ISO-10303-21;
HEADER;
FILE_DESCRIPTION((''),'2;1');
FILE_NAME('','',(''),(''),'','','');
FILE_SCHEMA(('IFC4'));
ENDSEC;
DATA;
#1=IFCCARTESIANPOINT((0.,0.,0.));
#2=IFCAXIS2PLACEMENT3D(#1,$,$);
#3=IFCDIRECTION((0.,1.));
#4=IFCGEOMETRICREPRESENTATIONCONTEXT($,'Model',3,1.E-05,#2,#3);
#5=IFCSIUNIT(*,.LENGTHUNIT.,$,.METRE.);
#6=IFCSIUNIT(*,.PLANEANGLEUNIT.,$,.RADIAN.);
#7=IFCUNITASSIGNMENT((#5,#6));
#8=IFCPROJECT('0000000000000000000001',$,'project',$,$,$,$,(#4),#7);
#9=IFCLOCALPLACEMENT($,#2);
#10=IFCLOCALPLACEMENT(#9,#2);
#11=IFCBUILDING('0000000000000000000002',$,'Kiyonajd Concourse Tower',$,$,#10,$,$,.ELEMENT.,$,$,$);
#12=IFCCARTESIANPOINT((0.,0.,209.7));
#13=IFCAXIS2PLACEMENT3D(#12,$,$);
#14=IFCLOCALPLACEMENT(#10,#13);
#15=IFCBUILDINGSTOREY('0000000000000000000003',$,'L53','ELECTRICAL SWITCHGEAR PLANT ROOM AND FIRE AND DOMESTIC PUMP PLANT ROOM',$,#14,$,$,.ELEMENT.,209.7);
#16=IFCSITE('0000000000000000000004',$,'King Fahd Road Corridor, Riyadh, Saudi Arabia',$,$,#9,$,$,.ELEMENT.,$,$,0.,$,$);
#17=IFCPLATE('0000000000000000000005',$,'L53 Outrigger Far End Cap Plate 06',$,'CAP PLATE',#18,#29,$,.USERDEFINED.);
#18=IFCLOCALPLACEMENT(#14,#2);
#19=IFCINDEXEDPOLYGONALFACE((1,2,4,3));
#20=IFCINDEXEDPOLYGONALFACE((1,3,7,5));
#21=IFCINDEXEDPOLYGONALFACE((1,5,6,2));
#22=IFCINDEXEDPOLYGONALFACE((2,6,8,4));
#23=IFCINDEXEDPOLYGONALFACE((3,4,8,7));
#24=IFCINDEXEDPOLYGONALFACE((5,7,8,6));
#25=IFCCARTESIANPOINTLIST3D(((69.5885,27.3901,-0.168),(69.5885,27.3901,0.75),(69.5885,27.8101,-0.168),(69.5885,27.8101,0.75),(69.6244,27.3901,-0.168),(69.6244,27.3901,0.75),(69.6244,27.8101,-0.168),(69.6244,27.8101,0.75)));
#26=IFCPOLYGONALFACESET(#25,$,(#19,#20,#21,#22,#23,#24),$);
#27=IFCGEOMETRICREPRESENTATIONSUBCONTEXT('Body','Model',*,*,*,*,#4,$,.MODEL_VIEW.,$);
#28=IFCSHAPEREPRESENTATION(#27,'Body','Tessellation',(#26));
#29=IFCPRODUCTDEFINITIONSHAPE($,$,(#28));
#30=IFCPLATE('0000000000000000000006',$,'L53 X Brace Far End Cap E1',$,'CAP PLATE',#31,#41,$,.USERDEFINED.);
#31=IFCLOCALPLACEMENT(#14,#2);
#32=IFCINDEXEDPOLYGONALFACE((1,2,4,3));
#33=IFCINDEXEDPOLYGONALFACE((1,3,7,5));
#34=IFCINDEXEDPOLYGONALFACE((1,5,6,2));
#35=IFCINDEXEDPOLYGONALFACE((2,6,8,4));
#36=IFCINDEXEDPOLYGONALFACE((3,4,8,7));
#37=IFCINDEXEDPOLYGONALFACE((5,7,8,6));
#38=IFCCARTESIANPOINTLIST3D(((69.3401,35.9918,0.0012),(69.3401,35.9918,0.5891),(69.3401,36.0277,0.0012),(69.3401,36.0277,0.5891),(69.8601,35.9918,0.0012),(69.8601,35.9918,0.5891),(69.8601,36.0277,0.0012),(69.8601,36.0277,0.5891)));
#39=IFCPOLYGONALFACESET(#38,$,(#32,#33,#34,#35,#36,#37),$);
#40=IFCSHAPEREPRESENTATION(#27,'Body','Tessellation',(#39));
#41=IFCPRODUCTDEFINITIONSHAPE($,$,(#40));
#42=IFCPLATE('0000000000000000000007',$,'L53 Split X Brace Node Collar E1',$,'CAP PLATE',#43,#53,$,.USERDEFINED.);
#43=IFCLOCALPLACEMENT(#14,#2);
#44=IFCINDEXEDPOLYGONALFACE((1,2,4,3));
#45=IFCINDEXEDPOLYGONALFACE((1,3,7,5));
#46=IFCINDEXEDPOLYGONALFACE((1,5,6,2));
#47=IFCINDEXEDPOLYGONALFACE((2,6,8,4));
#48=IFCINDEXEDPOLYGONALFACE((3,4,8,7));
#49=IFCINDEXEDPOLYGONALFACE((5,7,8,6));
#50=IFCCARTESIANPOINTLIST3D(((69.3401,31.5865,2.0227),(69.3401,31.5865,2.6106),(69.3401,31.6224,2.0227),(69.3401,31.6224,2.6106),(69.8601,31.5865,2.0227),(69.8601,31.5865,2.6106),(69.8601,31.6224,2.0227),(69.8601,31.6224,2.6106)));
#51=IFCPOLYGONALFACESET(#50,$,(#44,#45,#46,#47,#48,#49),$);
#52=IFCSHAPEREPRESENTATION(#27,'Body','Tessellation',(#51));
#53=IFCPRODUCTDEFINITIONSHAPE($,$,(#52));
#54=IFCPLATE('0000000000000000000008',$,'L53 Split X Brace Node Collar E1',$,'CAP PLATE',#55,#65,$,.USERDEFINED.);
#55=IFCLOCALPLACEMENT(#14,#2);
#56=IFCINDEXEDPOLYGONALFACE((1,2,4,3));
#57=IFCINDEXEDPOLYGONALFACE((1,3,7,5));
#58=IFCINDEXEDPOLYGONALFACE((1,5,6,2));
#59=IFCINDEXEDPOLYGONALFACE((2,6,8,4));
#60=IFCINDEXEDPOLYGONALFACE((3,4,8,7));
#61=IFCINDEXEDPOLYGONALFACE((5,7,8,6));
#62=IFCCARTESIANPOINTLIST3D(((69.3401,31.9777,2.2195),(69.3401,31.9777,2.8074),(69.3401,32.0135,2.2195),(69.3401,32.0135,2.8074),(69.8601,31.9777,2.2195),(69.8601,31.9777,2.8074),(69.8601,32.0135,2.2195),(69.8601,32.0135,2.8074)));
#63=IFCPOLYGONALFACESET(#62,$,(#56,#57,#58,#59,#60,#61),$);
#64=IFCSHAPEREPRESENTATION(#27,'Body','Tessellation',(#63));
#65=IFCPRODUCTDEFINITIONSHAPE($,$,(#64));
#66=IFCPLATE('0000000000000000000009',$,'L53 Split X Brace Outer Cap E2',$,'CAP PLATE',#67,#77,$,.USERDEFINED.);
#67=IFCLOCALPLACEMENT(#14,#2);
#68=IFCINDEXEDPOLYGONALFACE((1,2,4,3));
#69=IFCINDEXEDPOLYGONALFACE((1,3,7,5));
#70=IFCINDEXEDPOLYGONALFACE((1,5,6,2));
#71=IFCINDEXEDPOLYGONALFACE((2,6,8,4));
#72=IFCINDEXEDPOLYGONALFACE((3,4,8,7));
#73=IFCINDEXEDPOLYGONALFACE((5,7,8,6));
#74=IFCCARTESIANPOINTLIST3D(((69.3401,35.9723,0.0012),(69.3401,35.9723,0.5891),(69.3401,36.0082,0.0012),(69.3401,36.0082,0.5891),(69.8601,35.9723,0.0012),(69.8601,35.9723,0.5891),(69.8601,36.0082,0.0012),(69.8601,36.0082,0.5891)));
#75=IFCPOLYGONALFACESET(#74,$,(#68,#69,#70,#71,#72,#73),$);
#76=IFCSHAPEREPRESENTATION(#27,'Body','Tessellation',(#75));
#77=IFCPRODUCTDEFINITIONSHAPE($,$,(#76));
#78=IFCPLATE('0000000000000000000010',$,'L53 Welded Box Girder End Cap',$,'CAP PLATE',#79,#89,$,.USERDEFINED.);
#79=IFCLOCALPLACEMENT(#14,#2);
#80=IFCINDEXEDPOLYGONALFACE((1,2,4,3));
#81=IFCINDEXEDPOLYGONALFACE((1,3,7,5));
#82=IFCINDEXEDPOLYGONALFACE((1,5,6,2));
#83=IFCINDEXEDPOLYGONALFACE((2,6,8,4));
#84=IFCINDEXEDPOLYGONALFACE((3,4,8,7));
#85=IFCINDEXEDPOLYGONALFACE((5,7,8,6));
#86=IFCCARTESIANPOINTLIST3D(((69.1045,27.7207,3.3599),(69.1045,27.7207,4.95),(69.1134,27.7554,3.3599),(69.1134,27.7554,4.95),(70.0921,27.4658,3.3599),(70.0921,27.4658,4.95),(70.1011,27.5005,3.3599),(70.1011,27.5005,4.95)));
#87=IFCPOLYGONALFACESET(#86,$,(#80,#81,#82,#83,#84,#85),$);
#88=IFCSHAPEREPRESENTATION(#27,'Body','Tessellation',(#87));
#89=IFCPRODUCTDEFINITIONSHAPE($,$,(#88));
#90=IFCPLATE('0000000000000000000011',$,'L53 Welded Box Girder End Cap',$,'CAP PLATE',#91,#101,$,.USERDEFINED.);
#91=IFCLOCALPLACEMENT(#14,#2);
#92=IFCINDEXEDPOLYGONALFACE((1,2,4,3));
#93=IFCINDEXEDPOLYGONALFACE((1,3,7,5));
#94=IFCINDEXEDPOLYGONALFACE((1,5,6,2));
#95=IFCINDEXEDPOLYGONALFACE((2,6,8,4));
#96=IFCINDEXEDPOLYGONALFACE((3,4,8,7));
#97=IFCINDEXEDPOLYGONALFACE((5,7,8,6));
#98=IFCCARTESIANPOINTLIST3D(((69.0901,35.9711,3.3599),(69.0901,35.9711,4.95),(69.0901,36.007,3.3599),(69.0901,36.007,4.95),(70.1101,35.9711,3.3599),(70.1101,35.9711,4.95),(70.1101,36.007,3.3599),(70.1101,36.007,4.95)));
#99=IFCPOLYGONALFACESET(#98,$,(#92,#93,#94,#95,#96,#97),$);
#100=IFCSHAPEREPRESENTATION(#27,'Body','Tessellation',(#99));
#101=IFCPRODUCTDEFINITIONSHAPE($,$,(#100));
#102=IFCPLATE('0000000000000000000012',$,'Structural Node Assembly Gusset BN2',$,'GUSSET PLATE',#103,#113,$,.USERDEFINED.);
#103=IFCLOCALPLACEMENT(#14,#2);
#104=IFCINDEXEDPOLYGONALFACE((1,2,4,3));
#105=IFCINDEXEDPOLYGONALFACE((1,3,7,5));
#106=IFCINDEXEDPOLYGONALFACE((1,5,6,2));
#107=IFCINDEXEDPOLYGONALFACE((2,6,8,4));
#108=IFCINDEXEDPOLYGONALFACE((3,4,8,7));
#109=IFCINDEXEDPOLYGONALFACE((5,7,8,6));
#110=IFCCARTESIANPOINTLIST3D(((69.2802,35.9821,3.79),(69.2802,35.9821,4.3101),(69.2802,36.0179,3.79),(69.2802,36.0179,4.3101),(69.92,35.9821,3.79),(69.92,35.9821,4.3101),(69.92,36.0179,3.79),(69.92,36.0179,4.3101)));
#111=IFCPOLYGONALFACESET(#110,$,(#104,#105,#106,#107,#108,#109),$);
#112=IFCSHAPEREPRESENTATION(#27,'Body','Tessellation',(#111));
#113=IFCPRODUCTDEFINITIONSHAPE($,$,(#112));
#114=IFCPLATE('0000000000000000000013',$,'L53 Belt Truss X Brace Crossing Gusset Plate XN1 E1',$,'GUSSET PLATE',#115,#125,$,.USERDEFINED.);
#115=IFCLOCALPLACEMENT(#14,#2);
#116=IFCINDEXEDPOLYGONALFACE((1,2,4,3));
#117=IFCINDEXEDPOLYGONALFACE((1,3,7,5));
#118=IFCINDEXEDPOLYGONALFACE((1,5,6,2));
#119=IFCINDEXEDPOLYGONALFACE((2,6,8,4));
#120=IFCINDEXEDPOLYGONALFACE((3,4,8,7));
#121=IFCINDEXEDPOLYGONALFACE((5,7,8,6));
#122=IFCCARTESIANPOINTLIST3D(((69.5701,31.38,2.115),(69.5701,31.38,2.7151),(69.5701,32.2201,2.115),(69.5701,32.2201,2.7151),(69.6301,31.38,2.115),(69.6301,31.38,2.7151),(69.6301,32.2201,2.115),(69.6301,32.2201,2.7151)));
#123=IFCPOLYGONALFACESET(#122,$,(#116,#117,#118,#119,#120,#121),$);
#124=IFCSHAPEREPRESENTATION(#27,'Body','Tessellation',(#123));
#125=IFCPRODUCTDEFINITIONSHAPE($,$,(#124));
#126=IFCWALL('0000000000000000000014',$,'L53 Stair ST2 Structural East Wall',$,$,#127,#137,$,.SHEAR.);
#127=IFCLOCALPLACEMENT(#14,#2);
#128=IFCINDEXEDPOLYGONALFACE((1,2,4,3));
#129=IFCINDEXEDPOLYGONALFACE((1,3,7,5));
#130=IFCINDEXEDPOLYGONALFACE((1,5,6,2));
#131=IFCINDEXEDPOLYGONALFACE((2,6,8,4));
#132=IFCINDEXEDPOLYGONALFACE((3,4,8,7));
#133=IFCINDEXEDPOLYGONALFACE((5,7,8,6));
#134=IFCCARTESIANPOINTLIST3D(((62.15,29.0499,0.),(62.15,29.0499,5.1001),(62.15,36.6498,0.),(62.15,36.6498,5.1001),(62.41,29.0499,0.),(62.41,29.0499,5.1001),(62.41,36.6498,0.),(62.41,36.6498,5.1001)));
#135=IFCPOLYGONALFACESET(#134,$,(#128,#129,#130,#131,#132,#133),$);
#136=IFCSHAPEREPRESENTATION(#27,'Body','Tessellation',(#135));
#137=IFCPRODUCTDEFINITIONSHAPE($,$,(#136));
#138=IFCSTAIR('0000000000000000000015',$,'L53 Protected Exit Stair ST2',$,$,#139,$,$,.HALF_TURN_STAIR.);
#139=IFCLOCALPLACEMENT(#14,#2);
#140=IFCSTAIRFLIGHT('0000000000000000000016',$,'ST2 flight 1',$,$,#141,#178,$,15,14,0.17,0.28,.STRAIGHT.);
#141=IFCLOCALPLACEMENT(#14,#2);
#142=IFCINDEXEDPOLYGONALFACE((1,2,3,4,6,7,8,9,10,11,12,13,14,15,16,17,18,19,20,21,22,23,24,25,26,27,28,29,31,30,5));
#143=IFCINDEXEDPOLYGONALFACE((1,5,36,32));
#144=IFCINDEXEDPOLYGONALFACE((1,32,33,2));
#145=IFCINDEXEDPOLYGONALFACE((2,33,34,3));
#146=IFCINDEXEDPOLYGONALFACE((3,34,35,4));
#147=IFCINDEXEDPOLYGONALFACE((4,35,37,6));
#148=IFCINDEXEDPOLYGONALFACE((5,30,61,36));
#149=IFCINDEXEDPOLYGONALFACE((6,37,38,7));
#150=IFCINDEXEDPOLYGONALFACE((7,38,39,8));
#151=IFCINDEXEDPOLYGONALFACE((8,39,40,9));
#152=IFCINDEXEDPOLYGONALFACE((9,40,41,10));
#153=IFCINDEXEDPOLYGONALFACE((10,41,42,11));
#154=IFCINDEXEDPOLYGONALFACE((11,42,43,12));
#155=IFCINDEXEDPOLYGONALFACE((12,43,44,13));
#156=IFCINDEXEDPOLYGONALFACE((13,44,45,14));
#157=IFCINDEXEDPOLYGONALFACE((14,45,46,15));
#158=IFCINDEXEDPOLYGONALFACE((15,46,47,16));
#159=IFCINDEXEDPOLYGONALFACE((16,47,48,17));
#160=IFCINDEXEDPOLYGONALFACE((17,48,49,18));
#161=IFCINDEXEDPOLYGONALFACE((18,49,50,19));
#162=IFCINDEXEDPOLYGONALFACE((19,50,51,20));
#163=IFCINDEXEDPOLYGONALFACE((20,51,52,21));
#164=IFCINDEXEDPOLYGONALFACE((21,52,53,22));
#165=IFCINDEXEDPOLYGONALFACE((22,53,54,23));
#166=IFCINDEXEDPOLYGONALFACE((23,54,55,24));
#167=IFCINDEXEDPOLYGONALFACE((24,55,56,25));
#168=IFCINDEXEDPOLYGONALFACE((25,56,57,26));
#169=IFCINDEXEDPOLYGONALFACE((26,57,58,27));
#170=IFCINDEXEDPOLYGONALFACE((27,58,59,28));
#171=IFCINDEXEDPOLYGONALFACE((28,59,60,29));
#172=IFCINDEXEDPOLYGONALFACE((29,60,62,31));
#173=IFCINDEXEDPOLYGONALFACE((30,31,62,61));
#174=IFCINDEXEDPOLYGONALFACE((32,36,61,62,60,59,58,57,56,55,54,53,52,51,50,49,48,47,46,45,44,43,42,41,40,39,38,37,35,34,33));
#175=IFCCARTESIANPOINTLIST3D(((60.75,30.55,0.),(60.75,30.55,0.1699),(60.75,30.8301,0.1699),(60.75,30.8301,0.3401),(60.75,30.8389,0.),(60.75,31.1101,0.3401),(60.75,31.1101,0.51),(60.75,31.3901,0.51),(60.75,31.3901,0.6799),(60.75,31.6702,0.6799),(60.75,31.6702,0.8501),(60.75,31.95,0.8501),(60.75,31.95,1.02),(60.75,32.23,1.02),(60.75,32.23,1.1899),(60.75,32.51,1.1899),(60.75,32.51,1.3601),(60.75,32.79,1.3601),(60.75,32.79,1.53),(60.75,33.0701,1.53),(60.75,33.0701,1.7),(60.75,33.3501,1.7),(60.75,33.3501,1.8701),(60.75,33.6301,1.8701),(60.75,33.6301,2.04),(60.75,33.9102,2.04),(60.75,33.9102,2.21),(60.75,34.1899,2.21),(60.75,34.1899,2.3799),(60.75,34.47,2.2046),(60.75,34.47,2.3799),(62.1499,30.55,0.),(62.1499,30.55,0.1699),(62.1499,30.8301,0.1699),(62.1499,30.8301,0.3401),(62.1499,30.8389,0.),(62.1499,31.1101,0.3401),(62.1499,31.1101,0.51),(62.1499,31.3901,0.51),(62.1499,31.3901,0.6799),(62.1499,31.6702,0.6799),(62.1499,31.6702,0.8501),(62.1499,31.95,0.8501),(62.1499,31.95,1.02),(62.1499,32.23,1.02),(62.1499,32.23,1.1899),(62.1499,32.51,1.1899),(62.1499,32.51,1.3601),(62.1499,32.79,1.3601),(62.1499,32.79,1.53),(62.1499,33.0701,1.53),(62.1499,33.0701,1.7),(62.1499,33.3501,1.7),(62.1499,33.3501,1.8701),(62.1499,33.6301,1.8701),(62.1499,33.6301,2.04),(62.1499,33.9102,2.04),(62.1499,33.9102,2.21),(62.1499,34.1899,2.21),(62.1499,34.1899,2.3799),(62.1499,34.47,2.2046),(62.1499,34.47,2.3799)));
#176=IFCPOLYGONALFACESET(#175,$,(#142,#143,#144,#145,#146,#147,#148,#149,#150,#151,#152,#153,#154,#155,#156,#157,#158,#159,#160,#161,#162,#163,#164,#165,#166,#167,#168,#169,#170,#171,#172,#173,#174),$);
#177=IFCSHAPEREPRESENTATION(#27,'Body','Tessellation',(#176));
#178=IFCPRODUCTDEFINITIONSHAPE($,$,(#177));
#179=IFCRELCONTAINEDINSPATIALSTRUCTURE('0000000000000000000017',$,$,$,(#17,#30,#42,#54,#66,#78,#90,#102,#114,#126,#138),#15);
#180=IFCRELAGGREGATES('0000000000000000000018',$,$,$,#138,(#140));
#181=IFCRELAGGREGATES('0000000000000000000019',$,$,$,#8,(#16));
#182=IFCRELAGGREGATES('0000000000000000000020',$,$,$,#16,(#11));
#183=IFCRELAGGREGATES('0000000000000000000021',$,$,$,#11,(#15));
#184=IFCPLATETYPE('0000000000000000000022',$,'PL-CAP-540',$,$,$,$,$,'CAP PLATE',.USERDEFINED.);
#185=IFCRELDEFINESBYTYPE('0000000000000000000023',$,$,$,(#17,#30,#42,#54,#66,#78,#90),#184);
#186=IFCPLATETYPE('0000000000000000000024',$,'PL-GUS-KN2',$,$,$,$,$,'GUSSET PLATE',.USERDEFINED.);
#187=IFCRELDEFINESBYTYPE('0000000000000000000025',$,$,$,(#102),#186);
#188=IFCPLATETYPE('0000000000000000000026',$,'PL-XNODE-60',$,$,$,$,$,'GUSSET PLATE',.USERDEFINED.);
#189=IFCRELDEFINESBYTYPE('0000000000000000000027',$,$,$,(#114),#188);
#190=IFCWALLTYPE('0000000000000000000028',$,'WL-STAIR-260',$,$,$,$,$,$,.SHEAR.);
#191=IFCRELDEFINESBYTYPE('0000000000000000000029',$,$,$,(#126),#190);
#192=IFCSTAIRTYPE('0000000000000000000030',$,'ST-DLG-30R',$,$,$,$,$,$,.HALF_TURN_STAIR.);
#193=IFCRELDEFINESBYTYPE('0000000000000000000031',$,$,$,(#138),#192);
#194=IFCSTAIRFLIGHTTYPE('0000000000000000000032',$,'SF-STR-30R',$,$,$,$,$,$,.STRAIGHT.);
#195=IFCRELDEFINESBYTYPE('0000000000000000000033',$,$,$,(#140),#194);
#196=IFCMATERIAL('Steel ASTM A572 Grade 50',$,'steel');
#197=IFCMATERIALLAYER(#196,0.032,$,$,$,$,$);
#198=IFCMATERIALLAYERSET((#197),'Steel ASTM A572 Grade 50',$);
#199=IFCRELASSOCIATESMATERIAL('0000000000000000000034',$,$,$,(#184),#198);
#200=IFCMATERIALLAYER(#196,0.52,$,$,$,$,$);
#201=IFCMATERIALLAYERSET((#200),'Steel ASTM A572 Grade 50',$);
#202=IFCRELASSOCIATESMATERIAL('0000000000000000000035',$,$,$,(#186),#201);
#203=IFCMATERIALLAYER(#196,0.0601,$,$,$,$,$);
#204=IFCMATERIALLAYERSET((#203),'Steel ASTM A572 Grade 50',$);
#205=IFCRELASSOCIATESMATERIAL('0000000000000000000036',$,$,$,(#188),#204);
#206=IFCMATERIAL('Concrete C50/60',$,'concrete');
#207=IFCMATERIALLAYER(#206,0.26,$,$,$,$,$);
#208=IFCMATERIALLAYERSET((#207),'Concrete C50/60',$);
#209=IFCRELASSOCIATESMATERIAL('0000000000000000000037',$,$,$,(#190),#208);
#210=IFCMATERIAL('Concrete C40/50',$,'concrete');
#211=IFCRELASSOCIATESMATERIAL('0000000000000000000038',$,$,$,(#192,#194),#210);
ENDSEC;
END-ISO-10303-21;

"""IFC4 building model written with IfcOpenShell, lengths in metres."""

from ifc_helpers import new_model, si_unit, direction, frame, frame_2d, origin, origin_2d, place, context, subcontext, project, spatial, polyline, rectangle, outline, extrude, material, layer, layer_set, type_object, element, aggregate, save


model = new_model("IFC4")

# Units and contexts
model_context = context("Model", 3, precision=1e-05, world=origin(), true_north=direction((0.0, 1.0)))
body_context = subcontext(model_context, "Body", "Model", "MODEL_VIEW")
ifc_project = project(units=[si_unit("LENGTHUNIT", "METRE"), si_unit("PLANEANGLEUNIT", "RADIAN")], contexts=[model_context])

# Site, building, storey
site_placement = place(None, origin())
site = spatial("IfcSite", under=ifc_project, at=site_placement, Name="King Fahd Road Corridor, Riyadh, Saudi Arabia", CompositionType="ELEMENT", RefElevation=0.0)
building_placement = place(site_placement, origin())
building = spatial("IfcBuilding", under=site, at=building_placement, Name="Kiyonajd Concourse Tower", CompositionType="ELEMENT")
storey_placement = place(building_placement, frame((0.0, 0.0, 209.7)))
storey = spatial("IfcBuildingStorey", under=building, at=storey_placement, Name="L53", Description="ELECTRICAL SWITCHGEAR PLANT ROOM AND FIRE AND DOMESTIC PUMP PLANT ROOM", CompositionType="ELEMENT", Elevation=209.7)

# Shared definitions
ifc_material_1 = material(Name="Steel ASTM A572 Grade 50", Category="steel")

# Plates
ifc_layer_1 = layer(ifc_material_1, 0.032)
ifc_layer_set_1 = layer_set([ifc_layer_1], Name="Steel ASTM A572 Grade 50")
plate_type_1 = type_object("IfcPlateType", Name="PL-CAP-540", ElementType="CAP PLATE", PredefinedType="USERDEFINED", material=ifc_layer_set_1)
plate_1_placement = place(storey_placement, frame((69.6064, 27.6001, -0.168), z_axis=(0.0, 0.0, 1.0), x_axis=(1.0, 0.0, 0.0)))
element("IfcPlate", 1, at=plate_1_placement, inside=storey, type_object=plate_type_1, Name="L53 Outrigger Far End Cap Plate 06", ObjectType="CAP PLATE", PredefinedType="USERDEFINED", context=body_context, shape_type="SweptSolid", body=[
    extrude(rectangle(XDim=0.0359, YDim=0.4199, at=origin_2d()), origin(), (0.0, 0.0, 1.0), 0.918),
])
for number, where, z_axis, x_axis, name in (
    (2, (69.6001, 36.0098, 0.0012), (0.0, 0.0, 1.0), (0.0, 1.0, 0.0), "L53 X Brace Far End Cap E1"),
    (3, (69.6001, 31.6045, 2.0227), (0.0, 0.0, 1.0), (0.0, 1.0, 0.0), "L53 Split X Brace Node Collar E1"),
    (4, (69.6001, 31.9956, 2.2195), (0.0, 0.0, 1.0), (0.0, -1.0, 0.0), "L53 Split X Brace Node Collar E1"),
    (5, (69.6001, 35.9902, 0.0012), (0.0, 0.0, 1.0), (0.0, -1.0, 0.0), "L53 Split X Brace Outer Cap E2"),
):
    element("IfcPlate", number, at=place(storey_placement, frame(where, z_axis=z_axis, x_axis=x_axis)), inside=storey, type_object=plate_type_1, Name=name, ObjectType="CAP PLATE", PredefinedType="USERDEFINED", context=body_context, shape_type="SweptSolid", body=[
        extrude(rectangle(XDim=0.0359, YDim=0.52, at=origin_2d()), origin(), (0.0, 0.0, 1.0), 0.5879),
    ])
for number, where, z_axis, x_axis, name in (
    (6, (69.6028, 27.6106, 3.3599), (0.0, 0.0, 1.0), (0.249873, 0.968279, 0.0), "L53 Welded Box Girder End Cap"),
    (7, (69.6001, 35.989, 3.3599), (0.0, 0.0, 1.0), (0.0, -1.0, 0.0), "L53 Welded Box Girder End Cap"),
):
    element("IfcPlate", number, at=place(storey_placement, frame(where, z_axis=z_axis, x_axis=x_axis)), inside=storey, type_object=plate_type_1, Name=name, ObjectType="CAP PLATE", PredefinedType="USERDEFINED", context=body_context, shape_type="SweptSolid", body=[
        extrude(rectangle(XDim=0.0359, YDim=1.02, at=origin_2d()), origin(), (0.0, 0.0, 1.0), 1.5901),
    ])
ifc_layer_2 = layer(ifc_material_1, 0.52)
ifc_layer_set_2 = layer_set([ifc_layer_2], Name="Steel ASTM A572 Grade 50")
plate_type_2 = type_object("IfcPlateType", Name="PL-GUS-KN2", ElementType="GUSSET PLATE", PredefinedType="USERDEFINED", material=ifc_layer_set_2)
plate_2_placement = place(storey_placement, frame((69.6001, 36.0, 3.79), z_axis=(0.0, 0.0, 1.0), x_axis=(1.0, 0.0, 0.0)))
element("IfcPlate", 8, at=plate_2_placement, inside=storey, type_object=plate_type_2, Name="Structural Node Assembly Gusset BN2", ObjectType="GUSSET PLATE", PredefinedType="USERDEFINED", context=body_context, shape_type="SweptSolid", body=[
    extrude(rectangle(XDim=0.6399, YDim=0.0359, at=origin_2d()), origin(), (0.0, 0.0, 1.0), 0.52),
])
ifc_layer_3 = layer(ifc_material_1, 0.0601)
ifc_layer_set_3 = layer_set([ifc_layer_3], Name="Steel ASTM A572 Grade 50")
plate_type_3 = type_object("IfcPlateType", Name="PL-XNODE-60", ElementType="GUSSET PLATE", PredefinedType="USERDEFINED", material=ifc_layer_set_3)
plate_3_placement = place(storey_placement, frame((69.6001, 31.8, 2.115), z_axis=(0.0, 0.0, 1.0), x_axis=(1.0, 0.0, 0.0)))
element("IfcPlate", 9, at=plate_3_placement, inside=storey, type_object=plate_type_3, Name="L53 Belt Truss X Brace Crossing Gusset Plate XN1 E1", ObjectType="GUSSET PLATE", PredefinedType="USERDEFINED", context=body_context, shape_type="SweptSolid", body=[
    extrude(rectangle(XDim=0.0601, YDim=0.8401, at=origin_2d()), origin(), (0.0, 0.0, 1.0), 0.6001),
])

# Wall
ifc_material_2 = material(Name="Concrete C50/60", Category="concrete")
ifc_layer_4 = layer(ifc_material_2, 0.26)
ifc_layer_set_4 = layer_set([ifc_layer_4], Name="Concrete C50/60")
wall_type = type_object("IfcWallType", Name="WL-STAIR-260", PredefinedType="SHEAR", material=ifc_layer_set_4)
wall_placement = place(storey_placement, frame((62.28, 29.05, 0.0), z_axis=(0.0, 0.0, 1.0), x_axis=(0.0, 1.0, 0.0)))
element("IfcWall", 10, at=wall_placement, inside=storey, type_object=wall_type, Name="L53 Stair ST2 Structural East Wall", PredefinedType="SHEAR", context=body_context, shape_type="SweptSolid", body=[
    extrude(rectangle(XDim=7.5999, YDim=0.26, at=frame_2d((3.7998, 0.0))), origin(), (0.0, 0.0, 1.0), 5.1001),
])

# Stair, stair flight
ifc_material_3 = material(Name="Concrete C40/50", Category="concrete")
stair_type = type_object("IfcStairType", Name="ST-DLG-30R", PredefinedType="HALF_TURN_STAIR", material=ifc_material_3)
stair_placement = place(storey_placement, origin())
stair = element("IfcStair", 11, at=stair_placement, inside=storey, type_object=stair_type, Name="L53 Protected Exit Stair ST2", PredefinedType="HALF_TURN_STAIR")
stair_flight_type = type_object("IfcStairFlightType", Name="SF-STR-30R", PredefinedType="STRAIGHT", material=ifc_material_3)
stair_flight_placement = place(storey_placement, frame((61.45, 30.55, 0.0), z_axis=(0.0, 0.0, 1.0), x_axis=(0.0, 1.0, 0.0)))
stair_flight = element("IfcStairFlight", 12, at=stair_flight_placement, type_object=stair_flight_type, Name="ST2 flight 1", NumberOfRisers=15, NumberOfTreads=14, PredefinedType="STRAIGHT", RiserHeight=0.17, TreadLength=0.28, context=body_context, shape_type="SweptSolid", body=[
    extrude(outline(polyline([(0.0, 0.0), (0.0, 0.1699), (0.28, 0.1699), (0.28, 0.3401), (0.5601, 0.3401), (0.5601, 0.51), (0.8401, 0.51), (0.8401, 0.6799), (1.1201, 0.6799), (1.1201, 0.8501), (1.3999, 0.8501), (1.3999, 1.02), (1.6799, 1.02), (1.6799, 1.1899), (1.96, 1.1899), (1.96, 1.3601), (2.24, 1.3601), (2.24, 1.53), (2.52, 1.53), (2.52, 1.7), (2.8, 1.7), (2.8, 1.8701), (3.0801, 1.8701), (3.0801, 2.04), (3.3601, 2.04), (3.3601, 2.21), (3.6399, 2.21), (3.6399, 2.3799), (3.9199, 2.3799), (3.9199, 2.55), (3.9199, 2.2046), (0.2888, 0.0), (0.0, 0.0)])), frame((0.0, 0.7, 0.0), z_axis=(0.0, -1.0, 0.0), x_axis=(1.0, 0.0, 0.0)), (0.0, 0.0, 1.0), 1.3999),
])
aggregate(stair, [stair_flight])

save(model, "model.ifc")
